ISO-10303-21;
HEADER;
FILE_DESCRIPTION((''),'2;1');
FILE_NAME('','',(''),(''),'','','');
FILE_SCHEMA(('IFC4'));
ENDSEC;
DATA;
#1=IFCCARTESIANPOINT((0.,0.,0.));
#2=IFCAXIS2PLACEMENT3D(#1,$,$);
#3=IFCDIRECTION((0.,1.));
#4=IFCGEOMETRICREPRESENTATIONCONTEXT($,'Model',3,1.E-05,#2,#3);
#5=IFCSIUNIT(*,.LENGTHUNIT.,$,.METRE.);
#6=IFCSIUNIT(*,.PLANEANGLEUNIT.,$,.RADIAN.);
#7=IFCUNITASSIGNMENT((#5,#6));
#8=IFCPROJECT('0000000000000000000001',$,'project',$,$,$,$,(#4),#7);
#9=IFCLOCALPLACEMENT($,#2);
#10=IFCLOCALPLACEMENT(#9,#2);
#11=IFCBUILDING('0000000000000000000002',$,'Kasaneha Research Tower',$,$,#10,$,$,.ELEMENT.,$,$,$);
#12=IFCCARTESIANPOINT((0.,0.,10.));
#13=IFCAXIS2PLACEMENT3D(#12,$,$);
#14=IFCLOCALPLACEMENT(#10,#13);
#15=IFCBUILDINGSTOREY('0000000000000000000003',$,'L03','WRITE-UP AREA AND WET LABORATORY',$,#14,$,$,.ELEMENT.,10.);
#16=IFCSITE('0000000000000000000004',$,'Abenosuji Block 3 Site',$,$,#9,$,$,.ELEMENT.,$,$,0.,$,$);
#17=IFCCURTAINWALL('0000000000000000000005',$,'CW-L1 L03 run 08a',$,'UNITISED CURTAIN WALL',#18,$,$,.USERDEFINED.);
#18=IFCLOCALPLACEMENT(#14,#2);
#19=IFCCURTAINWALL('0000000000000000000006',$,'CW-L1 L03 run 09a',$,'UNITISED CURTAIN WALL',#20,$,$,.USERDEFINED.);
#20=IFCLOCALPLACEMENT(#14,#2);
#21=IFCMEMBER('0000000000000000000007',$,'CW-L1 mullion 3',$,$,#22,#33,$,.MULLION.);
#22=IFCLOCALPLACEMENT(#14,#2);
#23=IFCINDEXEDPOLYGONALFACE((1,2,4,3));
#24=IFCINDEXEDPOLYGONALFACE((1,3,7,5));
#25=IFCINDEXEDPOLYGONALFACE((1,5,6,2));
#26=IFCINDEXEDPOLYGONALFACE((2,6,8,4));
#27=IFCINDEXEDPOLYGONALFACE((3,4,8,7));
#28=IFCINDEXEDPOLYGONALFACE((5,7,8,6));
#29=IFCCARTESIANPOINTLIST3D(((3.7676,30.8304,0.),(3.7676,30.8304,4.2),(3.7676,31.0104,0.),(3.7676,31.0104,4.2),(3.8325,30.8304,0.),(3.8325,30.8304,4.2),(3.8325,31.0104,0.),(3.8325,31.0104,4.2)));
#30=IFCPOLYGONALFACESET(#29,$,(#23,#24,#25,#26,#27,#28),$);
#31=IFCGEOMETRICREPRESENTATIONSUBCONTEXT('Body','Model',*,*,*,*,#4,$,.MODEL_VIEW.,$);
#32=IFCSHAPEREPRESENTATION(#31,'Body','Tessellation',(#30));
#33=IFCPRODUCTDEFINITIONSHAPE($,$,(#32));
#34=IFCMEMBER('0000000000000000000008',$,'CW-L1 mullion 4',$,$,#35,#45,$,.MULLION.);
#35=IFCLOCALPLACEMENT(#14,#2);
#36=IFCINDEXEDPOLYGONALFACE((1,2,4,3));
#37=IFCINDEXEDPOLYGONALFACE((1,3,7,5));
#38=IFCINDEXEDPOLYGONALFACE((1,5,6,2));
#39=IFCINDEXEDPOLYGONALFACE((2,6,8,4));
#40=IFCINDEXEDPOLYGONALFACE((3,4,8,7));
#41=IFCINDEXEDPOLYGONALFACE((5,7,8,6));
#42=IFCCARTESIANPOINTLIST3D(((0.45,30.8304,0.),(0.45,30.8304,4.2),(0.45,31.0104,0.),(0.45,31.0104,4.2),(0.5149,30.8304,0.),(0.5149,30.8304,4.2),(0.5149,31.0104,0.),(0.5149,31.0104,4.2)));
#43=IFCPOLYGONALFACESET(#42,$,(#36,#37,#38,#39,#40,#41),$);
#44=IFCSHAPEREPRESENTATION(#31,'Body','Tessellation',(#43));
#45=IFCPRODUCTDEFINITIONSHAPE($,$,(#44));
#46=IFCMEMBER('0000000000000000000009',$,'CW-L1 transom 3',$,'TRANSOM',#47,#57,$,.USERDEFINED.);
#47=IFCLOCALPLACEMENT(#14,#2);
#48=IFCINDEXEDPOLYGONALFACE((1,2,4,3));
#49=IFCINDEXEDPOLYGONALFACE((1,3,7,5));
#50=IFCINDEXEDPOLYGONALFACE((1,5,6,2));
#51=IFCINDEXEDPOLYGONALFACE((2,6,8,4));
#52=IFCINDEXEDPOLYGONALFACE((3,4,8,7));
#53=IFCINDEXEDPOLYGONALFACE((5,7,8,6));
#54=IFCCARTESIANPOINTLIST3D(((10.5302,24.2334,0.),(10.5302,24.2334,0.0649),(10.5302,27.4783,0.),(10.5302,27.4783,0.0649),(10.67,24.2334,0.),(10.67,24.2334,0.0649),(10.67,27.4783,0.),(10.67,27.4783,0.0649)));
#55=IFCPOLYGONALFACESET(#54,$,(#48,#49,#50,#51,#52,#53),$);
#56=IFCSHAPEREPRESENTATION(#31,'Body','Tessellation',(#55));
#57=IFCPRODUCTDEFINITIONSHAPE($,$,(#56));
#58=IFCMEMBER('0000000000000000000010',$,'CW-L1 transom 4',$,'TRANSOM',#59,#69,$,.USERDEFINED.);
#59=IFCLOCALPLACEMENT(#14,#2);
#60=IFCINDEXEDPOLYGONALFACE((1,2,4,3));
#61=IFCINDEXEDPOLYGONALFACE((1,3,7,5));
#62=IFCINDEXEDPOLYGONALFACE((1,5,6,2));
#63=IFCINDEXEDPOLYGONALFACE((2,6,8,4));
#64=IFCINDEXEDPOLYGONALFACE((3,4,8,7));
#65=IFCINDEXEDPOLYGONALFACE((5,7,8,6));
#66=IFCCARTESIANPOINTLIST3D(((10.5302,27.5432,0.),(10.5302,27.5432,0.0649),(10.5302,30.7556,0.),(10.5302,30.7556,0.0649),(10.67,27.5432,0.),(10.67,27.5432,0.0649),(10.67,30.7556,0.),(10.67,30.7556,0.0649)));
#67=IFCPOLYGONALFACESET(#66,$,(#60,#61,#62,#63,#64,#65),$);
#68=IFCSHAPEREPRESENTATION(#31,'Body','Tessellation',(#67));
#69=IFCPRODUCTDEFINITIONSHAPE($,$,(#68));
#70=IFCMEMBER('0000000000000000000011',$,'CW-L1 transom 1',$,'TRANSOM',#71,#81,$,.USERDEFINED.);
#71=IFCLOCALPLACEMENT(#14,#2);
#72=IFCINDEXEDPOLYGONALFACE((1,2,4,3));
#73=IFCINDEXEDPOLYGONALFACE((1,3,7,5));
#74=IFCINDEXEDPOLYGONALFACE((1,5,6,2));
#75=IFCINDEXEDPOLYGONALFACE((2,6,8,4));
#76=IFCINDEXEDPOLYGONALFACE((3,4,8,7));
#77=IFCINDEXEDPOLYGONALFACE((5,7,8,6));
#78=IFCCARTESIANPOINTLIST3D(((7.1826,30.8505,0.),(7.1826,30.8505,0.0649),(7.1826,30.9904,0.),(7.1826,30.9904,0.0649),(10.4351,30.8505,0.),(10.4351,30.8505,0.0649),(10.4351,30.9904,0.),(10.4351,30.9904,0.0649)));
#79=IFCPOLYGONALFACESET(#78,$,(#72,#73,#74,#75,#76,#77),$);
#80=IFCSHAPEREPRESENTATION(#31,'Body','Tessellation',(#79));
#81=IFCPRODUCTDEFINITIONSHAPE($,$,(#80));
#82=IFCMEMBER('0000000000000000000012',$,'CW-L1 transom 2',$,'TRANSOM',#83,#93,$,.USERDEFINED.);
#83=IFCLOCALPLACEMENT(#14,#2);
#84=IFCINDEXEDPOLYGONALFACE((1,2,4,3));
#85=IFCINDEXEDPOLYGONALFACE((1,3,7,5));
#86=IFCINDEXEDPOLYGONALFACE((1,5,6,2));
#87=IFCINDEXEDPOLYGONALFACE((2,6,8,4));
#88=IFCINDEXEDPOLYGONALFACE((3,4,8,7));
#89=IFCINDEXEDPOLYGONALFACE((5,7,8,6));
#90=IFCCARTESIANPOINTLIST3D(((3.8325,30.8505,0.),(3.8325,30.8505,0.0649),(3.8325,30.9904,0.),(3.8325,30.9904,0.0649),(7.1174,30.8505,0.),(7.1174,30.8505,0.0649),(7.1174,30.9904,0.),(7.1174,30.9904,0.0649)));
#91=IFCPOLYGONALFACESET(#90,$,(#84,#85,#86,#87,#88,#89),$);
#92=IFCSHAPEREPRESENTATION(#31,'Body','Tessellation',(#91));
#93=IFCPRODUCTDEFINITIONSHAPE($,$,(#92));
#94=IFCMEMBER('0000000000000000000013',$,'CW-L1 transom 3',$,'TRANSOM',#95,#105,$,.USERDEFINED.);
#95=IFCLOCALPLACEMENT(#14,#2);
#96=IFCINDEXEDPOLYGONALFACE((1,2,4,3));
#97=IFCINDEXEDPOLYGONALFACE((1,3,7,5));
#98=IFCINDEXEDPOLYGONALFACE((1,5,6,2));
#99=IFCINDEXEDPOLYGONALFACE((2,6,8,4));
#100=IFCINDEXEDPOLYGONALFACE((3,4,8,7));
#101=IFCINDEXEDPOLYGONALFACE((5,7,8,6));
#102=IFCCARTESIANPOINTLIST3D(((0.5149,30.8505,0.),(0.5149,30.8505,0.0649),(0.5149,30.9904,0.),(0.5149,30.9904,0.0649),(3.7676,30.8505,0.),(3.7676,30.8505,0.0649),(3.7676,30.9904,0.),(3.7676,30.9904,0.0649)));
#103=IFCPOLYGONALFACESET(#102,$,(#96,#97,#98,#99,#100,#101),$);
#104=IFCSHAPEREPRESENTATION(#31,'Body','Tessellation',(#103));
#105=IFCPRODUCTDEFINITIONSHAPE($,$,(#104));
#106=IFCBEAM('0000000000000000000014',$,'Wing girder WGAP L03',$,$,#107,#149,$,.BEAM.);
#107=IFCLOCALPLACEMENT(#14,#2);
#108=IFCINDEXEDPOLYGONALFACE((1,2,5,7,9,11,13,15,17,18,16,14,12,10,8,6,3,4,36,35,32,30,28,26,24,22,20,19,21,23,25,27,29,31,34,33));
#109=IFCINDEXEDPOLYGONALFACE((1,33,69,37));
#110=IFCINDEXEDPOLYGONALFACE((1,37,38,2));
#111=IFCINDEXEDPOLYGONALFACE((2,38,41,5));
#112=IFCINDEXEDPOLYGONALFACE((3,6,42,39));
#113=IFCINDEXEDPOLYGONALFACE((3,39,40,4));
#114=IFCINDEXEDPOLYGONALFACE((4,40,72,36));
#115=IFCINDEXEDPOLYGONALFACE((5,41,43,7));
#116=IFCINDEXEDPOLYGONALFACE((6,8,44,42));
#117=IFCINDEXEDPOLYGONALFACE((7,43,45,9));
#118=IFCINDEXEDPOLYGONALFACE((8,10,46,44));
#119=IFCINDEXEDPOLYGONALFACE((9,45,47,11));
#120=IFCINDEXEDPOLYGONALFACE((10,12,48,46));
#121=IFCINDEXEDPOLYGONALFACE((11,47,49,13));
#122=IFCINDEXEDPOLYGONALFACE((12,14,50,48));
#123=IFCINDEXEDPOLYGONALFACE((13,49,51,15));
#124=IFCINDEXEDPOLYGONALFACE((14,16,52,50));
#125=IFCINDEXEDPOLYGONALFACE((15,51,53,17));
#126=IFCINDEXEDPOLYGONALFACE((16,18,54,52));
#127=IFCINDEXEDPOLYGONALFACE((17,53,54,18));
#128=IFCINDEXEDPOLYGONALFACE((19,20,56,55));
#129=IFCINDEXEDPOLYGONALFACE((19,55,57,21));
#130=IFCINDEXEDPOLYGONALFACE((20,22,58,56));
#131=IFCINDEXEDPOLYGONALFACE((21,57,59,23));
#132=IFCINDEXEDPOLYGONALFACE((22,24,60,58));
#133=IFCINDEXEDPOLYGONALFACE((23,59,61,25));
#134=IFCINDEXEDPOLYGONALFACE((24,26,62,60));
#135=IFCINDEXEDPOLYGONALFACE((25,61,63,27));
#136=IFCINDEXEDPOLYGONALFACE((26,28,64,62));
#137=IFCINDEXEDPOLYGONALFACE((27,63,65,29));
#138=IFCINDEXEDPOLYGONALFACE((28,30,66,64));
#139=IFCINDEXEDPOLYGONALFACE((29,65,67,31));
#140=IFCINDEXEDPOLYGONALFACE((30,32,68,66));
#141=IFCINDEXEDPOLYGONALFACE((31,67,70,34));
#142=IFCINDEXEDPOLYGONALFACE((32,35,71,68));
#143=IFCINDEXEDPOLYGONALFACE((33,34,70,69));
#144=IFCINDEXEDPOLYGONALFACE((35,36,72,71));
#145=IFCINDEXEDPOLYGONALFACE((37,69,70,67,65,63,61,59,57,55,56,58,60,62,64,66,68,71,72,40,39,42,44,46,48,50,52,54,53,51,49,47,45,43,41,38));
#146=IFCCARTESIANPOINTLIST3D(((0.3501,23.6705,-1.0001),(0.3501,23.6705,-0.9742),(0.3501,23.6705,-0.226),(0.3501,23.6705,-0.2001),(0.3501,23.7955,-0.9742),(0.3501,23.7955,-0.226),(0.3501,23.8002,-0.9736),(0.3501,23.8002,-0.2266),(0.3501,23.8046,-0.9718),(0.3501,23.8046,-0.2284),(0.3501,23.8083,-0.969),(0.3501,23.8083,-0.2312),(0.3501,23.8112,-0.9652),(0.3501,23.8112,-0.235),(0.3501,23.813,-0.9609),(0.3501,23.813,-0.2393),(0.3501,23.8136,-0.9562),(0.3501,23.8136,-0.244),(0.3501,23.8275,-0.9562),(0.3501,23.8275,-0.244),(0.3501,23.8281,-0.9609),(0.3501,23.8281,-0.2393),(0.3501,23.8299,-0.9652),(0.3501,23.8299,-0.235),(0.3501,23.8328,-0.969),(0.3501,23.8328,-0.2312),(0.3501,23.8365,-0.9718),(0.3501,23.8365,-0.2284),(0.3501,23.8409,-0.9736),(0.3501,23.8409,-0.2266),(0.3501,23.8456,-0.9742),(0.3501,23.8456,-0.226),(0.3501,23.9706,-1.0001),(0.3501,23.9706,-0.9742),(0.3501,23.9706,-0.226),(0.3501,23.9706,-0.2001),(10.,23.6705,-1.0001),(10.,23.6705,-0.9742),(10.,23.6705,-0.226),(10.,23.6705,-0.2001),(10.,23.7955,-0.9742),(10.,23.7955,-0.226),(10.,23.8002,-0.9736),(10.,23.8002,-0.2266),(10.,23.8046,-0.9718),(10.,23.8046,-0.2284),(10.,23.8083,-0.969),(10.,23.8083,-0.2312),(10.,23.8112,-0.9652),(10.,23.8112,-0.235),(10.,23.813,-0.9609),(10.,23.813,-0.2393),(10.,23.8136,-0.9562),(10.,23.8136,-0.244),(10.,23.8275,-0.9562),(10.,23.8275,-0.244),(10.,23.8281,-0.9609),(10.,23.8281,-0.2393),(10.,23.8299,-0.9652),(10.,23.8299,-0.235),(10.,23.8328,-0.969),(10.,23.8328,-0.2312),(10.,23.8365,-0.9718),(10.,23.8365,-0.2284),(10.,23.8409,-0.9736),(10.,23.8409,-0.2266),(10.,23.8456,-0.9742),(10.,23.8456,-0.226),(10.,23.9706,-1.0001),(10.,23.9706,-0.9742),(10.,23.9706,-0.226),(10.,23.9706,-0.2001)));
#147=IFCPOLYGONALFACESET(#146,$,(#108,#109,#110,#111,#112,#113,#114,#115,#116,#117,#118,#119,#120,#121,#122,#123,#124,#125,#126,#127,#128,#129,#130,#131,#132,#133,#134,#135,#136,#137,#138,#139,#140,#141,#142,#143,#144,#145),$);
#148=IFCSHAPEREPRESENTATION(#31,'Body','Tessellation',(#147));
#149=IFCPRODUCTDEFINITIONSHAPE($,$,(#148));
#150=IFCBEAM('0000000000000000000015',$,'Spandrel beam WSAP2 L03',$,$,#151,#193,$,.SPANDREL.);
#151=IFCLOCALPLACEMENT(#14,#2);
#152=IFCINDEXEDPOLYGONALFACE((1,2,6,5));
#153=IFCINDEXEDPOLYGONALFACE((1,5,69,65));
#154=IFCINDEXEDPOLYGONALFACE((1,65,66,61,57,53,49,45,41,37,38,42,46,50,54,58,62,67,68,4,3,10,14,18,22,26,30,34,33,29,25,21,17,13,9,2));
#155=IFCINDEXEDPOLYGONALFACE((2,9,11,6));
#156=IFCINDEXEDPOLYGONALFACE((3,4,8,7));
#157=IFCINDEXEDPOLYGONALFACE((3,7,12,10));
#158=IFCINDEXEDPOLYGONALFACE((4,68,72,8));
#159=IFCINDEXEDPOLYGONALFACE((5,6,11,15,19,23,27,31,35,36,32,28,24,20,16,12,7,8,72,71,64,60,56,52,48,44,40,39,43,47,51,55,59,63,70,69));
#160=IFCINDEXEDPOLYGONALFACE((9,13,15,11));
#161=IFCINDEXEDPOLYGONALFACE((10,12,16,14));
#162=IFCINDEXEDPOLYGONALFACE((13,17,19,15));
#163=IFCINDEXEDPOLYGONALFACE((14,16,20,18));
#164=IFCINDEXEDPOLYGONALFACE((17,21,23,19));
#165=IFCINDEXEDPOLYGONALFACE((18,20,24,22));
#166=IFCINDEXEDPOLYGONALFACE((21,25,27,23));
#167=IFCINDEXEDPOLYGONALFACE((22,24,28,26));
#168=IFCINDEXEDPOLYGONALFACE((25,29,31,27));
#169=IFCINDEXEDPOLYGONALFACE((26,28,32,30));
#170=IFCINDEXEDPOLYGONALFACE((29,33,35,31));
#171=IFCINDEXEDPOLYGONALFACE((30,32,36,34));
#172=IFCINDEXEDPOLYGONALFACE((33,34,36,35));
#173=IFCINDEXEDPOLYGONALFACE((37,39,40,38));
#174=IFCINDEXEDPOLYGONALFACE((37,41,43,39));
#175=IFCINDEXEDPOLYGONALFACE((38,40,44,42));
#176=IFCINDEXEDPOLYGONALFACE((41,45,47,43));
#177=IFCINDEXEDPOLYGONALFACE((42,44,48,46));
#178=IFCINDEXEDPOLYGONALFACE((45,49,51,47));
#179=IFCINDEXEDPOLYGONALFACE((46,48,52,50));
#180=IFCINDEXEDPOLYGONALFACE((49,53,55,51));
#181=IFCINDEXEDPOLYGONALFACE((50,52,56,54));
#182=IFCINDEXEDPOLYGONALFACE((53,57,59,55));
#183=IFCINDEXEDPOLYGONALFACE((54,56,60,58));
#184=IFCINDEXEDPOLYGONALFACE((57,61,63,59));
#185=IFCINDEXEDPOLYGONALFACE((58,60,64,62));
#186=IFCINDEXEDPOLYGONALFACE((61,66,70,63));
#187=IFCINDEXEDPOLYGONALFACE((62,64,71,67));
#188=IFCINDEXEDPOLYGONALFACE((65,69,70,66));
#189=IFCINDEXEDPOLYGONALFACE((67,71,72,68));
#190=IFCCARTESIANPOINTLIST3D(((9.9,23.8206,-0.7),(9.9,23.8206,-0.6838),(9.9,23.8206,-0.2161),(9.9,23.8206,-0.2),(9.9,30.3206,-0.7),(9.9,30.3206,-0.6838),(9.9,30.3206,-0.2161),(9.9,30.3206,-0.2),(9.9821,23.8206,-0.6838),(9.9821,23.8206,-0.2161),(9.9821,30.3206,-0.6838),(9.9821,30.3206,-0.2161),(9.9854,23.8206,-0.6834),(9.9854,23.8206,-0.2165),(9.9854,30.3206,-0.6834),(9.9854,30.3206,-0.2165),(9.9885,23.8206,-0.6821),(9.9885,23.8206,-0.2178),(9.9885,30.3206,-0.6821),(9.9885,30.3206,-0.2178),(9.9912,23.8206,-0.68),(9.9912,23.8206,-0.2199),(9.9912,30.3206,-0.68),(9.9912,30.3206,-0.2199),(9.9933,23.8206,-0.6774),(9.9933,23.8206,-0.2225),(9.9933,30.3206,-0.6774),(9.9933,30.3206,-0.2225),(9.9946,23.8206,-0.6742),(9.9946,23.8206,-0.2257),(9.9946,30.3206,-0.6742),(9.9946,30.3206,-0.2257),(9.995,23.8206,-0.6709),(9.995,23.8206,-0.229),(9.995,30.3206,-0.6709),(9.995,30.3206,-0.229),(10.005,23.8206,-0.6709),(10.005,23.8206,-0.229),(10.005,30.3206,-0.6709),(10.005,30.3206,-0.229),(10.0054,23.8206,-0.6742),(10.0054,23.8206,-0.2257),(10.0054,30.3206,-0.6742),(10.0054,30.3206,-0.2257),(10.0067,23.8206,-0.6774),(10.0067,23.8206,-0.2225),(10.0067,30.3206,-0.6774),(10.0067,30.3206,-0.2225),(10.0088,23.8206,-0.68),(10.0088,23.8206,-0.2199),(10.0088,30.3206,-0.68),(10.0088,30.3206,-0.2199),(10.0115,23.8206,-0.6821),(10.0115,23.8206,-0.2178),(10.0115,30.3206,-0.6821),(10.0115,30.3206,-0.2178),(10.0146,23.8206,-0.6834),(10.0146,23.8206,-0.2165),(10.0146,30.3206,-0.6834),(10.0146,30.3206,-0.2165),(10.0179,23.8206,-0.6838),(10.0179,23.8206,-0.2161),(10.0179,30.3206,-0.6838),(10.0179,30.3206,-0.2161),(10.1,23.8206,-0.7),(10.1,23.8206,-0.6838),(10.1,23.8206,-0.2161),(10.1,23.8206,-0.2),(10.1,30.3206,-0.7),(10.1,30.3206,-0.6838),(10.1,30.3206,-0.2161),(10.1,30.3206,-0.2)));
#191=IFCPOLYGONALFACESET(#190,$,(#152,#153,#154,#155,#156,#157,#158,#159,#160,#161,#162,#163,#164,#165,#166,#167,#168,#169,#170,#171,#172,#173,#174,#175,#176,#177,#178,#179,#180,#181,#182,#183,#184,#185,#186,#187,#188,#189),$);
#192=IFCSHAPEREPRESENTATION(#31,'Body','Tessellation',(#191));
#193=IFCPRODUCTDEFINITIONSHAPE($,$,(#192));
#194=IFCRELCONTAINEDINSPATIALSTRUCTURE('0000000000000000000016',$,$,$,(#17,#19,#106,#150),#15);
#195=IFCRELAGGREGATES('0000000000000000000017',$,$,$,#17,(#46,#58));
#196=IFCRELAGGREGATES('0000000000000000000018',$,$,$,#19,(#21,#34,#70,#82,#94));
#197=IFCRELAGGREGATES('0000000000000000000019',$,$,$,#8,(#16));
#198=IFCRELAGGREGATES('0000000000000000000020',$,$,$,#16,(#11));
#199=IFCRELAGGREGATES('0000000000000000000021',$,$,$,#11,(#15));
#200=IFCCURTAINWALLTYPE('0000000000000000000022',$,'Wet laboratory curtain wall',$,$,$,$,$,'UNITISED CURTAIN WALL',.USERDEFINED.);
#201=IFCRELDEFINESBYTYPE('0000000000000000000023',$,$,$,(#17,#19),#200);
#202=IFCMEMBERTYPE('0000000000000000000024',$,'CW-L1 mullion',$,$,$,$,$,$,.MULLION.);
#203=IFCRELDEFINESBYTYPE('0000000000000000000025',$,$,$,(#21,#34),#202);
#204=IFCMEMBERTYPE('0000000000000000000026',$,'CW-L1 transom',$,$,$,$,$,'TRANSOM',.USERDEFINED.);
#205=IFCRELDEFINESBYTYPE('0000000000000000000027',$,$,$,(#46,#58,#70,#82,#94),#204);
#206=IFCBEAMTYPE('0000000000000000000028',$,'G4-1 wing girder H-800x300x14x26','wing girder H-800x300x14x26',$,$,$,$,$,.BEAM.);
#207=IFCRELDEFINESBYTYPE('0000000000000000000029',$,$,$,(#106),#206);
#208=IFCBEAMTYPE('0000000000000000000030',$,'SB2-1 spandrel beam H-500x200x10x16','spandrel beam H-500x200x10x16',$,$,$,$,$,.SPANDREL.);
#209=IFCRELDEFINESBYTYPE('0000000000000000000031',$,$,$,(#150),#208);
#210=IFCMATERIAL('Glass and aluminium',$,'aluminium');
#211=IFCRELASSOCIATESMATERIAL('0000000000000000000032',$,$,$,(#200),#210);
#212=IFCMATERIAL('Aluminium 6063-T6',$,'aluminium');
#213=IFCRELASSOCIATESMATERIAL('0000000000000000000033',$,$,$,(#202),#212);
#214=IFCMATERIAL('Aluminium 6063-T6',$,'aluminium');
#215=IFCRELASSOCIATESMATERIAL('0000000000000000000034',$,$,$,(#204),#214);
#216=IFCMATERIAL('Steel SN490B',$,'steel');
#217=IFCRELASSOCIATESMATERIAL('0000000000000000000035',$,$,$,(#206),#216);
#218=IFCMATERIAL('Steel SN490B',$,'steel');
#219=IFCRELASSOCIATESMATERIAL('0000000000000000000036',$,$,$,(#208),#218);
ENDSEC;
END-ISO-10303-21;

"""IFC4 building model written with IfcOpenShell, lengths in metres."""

from ifc_helpers import new_model, si_unit, direction, frame, origin, origin_2d, place, context, subcontext, project, spatial, rectangle, i_section, extrude, material, material_profile, profile_set, type_object, element, aggregate, save


model = new_model("IFC4")

# Units and contexts
model_context = context("Model", 3, precision=1e-05, world=origin(), true_north=direction((0.0, 1.0)))
body_context = subcontext(model_context, "Body", "Model", "MODEL_VIEW")
ifc_project = project(units=[si_unit("LENGTHUNIT", "METRE"), si_unit("PLANEANGLEUNIT", "RADIAN")], contexts=[model_context])

# Site, building, storey
site_placement = place(None, origin())
site = spatial("IfcSite", under=ifc_project, at=site_placement, Name="Abenosuji Block 3 Site", CompositionType="ELEMENT", RefElevation=0.0)
building_placement = place(site_placement, origin())
building = spatial("IfcBuilding", under=site, at=building_placement, Name="Kasaneha Research Tower", CompositionType="ELEMENT")
storey_placement = place(building_placement, frame((0.0, 0.0, 10.0)))
storey = spatial("IfcBuildingStorey", under=building, at=storey_placement, Name="L03", Description="WRITE-UP AREA AND WET LABORATORY", CompositionType="ELEMENT", Elevation=10.0)

# Curtain walls, members
ifc_material_1 = material(Name="Glass and aluminium", Category="aluminium")
curtain_wall_type = type_object("IfcCurtainWallType", Name="Wet laboratory curtain wall", ElementType="UNITISED CURTAIN WALL", PredefinedType="USERDEFINED", material=ifc_material_1)
curtain_wall_1_placement = place(storey_placement, origin())
curtain_wall_1 = element("IfcCurtainWall", 1, at=curtain_wall_1_placement, inside=storey, type_object=curtain_wall_type, Name="CW-L1 L03 run 08a", ObjectType="UNITISED CURTAIN WALL", PredefinedType="USERDEFINED")
ifc_material_2 = material(Name="Aluminium 6063-T6", Category="aluminium")
ifc_material_profile_1 = material_profile(ifc_material_2, rectangle(XDim=0.0649, YDim=0.1799, at=origin_2d()), Name="CW-L1 mullion 65x180")
ifc_profile_set_1 = profile_set([ifc_material_profile_1], Name="Aluminium 6063-T6")
member_type_1 = type_object("IfcMemberType", Name="CW-L1 mullion", PredefinedType="MULLION", material=ifc_profile_set_1)
curtain_wall_2_placement = place(storey_placement, origin())
curtain_wall_2 = element("IfcCurtainWall", 2, at=curtain_wall_2_placement, inside=storey, type_object=curtain_wall_type, Name="CW-L1 L03 run 09a", ObjectType="UNITISED CURTAIN WALL", PredefinedType="USERDEFINED")
member_1_placement = place(storey_placement, frame((3.8, 30.9204, 0.0), z_axis=(0.0, 0.0, 1.0), x_axis=(-1.0, 0.0, 0.0)))
member_1 = element("IfcMember", 3, at=member_1_placement, type_object=member_type_1, Name="CW-L1 mullion 3", PredefinedType="MULLION", context=body_context, shape_type="SweptSolid", body=[
    extrude(rectangle(XDim=0.0649, YDim=0.1799, at=origin_2d()), origin(), (0.0, 0.0, 1.0), 4.2),
])
member_2_placement = place(storey_placement, frame((0.4824, 30.9204, 0.0), z_axis=(0.0, 0.0, 1.0), x_axis=(-1.0, 0.0, 0.0)))
member_2 = element("IfcMember", 4, at=member_2_placement, type_object=member_type_1, Name="CW-L1 mullion 4", PredefinedType="MULLION", context=body_context, shape_type="SweptSolid", body=[
    extrude(rectangle(XDim=0.0649, YDim=0.1799, at=origin_2d()), origin(), (0.0, 0.0, 1.0), 4.2),
])

# Members
ifc_material_3 = material(Name="Aluminium 6063-T6", Category="aluminium")
ifc_material_profile_2 = material_profile(ifc_material_3, rectangle(XDim=0.1399, YDim=0.0649, at=origin_2d()), Name="CW-L1 transom 140x65")
ifc_profile_set_2 = profile_set([ifc_material_profile_2], Name="Aluminium 6063-T6")
member_type_2 = type_object("IfcMemberType", Name="CW-L1 transom", ElementType="TRANSOM", PredefinedType="USERDEFINED", material=ifc_profile_set_2)
member_3_placement = place(storey_placement, frame((10.6001, 24.2334, 0.0325), z_axis=(0.0, 1.0, 0.0), x_axis=(-1.0, 0.0, 0.0)))
member_3 = element("IfcMember", 5, at=member_3_placement, type_object=member_type_2, Name="CW-L1 transom 3", ObjectType="TRANSOM", PredefinedType="USERDEFINED", context=body_context, shape_type="SweptSolid", body=[
    extrude(rectangle(XDim=0.1399, YDim=0.0649, at=origin_2d()), origin(), (0.0, 0.0, 1.0), 3.2449),
])
member_4_placement = place(storey_placement, frame((10.6001, 27.5432, 0.0325), z_axis=(0.0, 1.0, 0.0), x_axis=(-1.0, 0.0, 0.0)))
member_4 = element("IfcMember", 6, at=member_4_placement, type_object=member_type_2, Name="CW-L1 transom 4", ObjectType="TRANSOM", PredefinedType="USERDEFINED", context=body_context, shape_type="SweptSolid", body=[
    extrude(rectangle(XDim=0.1399, YDim=0.0649, at=origin_2d()), origin(), (0.0, 0.0, 1.0), 3.2124),
])
member_5_placement = place(storey_placement, frame((10.4351, 30.9204, 0.0325), z_axis=(-1.0, 0.0, 0.0), x_axis=(0.0, -1.0, 0.0)))
member_5 = element("IfcMember", 7, at=member_5_placement, type_object=member_type_2, Name="CW-L1 transom 1", ObjectType="TRANSOM", PredefinedType="USERDEFINED", context=body_context, shape_type="SweptSolid", body=[
    extrude(rectangle(XDim=0.1399, YDim=0.0649, at=origin_2d()), origin(), (0.0, 0.0, 1.0), 3.2524),
])
member_6_placement = place(storey_placement, frame((7.1174, 30.9204, 0.0325), z_axis=(-1.0, 0.0, 0.0), x_axis=(0.0, -1.0, 0.0)))
member_6 = element("IfcMember", 8, at=member_6_placement, type_object=member_type_2, Name="CW-L1 transom 2", ObjectType="TRANSOM", PredefinedType="USERDEFINED", context=body_context, shape_type="SweptSolid", body=[
    extrude(rectangle(XDim=0.1399, YDim=0.0649, at=origin_2d()), origin(), (0.0, 0.0, 1.0), 3.2849),
])
member_7_placement = place(storey_placement, frame((3.7676, 30.9204, 0.0325), z_axis=(-1.0, 0.0, 0.0), x_axis=(0.0, -1.0, 0.0)))
member_7 = element("IfcMember", 9, at=member_7_placement, type_object=member_type_2, Name="CW-L1 transom 3", ObjectType="TRANSOM", PredefinedType="USERDEFINED", context=body_context, shape_type="SweptSolid", body=[
    extrude(rectangle(XDim=0.1399, YDim=0.0649, at=origin_2d()), origin(), (0.0, 0.0, 1.0), 3.2527),
])

# Beams
ifc_material_4 = material(Name="Steel SN490B", Category="steel")
ifc_material_profile_3 = material_profile(ifc_material_4, i_section(OverallWidth=0.3, OverallDepth=0.8, WebThickness=0.0139, FlangeThickness=0.0259, FilletRadius=0.0181, at=origin_2d()), Name="H-800x300x14x26")
ifc_profile_set_3 = profile_set([ifc_material_profile_3], Name="Steel SN490B")
beam_type_1 = type_object("IfcBeamType", Name="G4-1 wing girder H-800x300x14x26", Description="wing girder H-800x300x14x26", PredefinedType="BEAM", material=ifc_profile_set_3)
beam_1_placement = place(storey_placement, frame((10.0, 23.8206, -0.6001), z_axis=(-1.0, 0.0, 0.0), x_axis=(0.0, -1.0, 0.0)))
element("IfcBeam", 10, at=beam_1_placement, inside=storey, type_object=beam_type_1, Name="Wing girder WGAP L03", PredefinedType="BEAM", context=body_context, shape_type="SweptSolid", body=[
    extrude(i_section(OverallWidth=0.3, OverallDepth=0.8, WebThickness=0.0139, FlangeThickness=0.0259, FilletRadius=0.0181, at=origin_2d()), origin(), (0.0, 0.0, 1.0), 9.6499),
])
ifc_material_5 = material(Name="Steel SN490B", Category="steel")
ifc_material_profile_4 = material_profile(ifc_material_5, i_section(OverallWidth=0.2, OverallDepth=0.5, WebThickness=0.01, FlangeThickness=0.0161, FilletRadius=0.0129, at=origin_2d()), Name="H-500x200x10x16")
ifc_profile_set_4 = profile_set([ifc_material_profile_4], Name="Steel SN490B")
beam_type_2 = type_object("IfcBeamType", Name="SB2-1 spandrel beam H-500x200x10x16", Description="spandrel beam H-500x200x10x16", PredefinedType="SPANDREL", material=ifc_profile_set_4)
beam_2_placement = place(storey_placement, frame((10.0, 23.8206, -0.45), z_axis=(0.0, 1.0, 0.0), x_axis=(-1.0, 0.0, 0.0)))
element("IfcBeam", 11, at=beam_2_placement, inside=storey, type_object=beam_type_2, Name="Spandrel beam WSAP2 L03", PredefinedType="SPANDREL", context=body_context, shape_type="SweptSolid", body=[
    extrude(i_section(OverallWidth=0.2, OverallDepth=0.5, WebThickness=0.01, FlangeThickness=0.0161, FilletRadius=0.0129, at=origin_2d()), origin(), (0.0, 0.0, 1.0), 6.5),
])

aggregate(curtain_wall_1, [member_3, member_4])
aggregate(curtain_wall_2, [member_1, member_2, member_5, member_6, member_7])

save(model, "model.ifc")
